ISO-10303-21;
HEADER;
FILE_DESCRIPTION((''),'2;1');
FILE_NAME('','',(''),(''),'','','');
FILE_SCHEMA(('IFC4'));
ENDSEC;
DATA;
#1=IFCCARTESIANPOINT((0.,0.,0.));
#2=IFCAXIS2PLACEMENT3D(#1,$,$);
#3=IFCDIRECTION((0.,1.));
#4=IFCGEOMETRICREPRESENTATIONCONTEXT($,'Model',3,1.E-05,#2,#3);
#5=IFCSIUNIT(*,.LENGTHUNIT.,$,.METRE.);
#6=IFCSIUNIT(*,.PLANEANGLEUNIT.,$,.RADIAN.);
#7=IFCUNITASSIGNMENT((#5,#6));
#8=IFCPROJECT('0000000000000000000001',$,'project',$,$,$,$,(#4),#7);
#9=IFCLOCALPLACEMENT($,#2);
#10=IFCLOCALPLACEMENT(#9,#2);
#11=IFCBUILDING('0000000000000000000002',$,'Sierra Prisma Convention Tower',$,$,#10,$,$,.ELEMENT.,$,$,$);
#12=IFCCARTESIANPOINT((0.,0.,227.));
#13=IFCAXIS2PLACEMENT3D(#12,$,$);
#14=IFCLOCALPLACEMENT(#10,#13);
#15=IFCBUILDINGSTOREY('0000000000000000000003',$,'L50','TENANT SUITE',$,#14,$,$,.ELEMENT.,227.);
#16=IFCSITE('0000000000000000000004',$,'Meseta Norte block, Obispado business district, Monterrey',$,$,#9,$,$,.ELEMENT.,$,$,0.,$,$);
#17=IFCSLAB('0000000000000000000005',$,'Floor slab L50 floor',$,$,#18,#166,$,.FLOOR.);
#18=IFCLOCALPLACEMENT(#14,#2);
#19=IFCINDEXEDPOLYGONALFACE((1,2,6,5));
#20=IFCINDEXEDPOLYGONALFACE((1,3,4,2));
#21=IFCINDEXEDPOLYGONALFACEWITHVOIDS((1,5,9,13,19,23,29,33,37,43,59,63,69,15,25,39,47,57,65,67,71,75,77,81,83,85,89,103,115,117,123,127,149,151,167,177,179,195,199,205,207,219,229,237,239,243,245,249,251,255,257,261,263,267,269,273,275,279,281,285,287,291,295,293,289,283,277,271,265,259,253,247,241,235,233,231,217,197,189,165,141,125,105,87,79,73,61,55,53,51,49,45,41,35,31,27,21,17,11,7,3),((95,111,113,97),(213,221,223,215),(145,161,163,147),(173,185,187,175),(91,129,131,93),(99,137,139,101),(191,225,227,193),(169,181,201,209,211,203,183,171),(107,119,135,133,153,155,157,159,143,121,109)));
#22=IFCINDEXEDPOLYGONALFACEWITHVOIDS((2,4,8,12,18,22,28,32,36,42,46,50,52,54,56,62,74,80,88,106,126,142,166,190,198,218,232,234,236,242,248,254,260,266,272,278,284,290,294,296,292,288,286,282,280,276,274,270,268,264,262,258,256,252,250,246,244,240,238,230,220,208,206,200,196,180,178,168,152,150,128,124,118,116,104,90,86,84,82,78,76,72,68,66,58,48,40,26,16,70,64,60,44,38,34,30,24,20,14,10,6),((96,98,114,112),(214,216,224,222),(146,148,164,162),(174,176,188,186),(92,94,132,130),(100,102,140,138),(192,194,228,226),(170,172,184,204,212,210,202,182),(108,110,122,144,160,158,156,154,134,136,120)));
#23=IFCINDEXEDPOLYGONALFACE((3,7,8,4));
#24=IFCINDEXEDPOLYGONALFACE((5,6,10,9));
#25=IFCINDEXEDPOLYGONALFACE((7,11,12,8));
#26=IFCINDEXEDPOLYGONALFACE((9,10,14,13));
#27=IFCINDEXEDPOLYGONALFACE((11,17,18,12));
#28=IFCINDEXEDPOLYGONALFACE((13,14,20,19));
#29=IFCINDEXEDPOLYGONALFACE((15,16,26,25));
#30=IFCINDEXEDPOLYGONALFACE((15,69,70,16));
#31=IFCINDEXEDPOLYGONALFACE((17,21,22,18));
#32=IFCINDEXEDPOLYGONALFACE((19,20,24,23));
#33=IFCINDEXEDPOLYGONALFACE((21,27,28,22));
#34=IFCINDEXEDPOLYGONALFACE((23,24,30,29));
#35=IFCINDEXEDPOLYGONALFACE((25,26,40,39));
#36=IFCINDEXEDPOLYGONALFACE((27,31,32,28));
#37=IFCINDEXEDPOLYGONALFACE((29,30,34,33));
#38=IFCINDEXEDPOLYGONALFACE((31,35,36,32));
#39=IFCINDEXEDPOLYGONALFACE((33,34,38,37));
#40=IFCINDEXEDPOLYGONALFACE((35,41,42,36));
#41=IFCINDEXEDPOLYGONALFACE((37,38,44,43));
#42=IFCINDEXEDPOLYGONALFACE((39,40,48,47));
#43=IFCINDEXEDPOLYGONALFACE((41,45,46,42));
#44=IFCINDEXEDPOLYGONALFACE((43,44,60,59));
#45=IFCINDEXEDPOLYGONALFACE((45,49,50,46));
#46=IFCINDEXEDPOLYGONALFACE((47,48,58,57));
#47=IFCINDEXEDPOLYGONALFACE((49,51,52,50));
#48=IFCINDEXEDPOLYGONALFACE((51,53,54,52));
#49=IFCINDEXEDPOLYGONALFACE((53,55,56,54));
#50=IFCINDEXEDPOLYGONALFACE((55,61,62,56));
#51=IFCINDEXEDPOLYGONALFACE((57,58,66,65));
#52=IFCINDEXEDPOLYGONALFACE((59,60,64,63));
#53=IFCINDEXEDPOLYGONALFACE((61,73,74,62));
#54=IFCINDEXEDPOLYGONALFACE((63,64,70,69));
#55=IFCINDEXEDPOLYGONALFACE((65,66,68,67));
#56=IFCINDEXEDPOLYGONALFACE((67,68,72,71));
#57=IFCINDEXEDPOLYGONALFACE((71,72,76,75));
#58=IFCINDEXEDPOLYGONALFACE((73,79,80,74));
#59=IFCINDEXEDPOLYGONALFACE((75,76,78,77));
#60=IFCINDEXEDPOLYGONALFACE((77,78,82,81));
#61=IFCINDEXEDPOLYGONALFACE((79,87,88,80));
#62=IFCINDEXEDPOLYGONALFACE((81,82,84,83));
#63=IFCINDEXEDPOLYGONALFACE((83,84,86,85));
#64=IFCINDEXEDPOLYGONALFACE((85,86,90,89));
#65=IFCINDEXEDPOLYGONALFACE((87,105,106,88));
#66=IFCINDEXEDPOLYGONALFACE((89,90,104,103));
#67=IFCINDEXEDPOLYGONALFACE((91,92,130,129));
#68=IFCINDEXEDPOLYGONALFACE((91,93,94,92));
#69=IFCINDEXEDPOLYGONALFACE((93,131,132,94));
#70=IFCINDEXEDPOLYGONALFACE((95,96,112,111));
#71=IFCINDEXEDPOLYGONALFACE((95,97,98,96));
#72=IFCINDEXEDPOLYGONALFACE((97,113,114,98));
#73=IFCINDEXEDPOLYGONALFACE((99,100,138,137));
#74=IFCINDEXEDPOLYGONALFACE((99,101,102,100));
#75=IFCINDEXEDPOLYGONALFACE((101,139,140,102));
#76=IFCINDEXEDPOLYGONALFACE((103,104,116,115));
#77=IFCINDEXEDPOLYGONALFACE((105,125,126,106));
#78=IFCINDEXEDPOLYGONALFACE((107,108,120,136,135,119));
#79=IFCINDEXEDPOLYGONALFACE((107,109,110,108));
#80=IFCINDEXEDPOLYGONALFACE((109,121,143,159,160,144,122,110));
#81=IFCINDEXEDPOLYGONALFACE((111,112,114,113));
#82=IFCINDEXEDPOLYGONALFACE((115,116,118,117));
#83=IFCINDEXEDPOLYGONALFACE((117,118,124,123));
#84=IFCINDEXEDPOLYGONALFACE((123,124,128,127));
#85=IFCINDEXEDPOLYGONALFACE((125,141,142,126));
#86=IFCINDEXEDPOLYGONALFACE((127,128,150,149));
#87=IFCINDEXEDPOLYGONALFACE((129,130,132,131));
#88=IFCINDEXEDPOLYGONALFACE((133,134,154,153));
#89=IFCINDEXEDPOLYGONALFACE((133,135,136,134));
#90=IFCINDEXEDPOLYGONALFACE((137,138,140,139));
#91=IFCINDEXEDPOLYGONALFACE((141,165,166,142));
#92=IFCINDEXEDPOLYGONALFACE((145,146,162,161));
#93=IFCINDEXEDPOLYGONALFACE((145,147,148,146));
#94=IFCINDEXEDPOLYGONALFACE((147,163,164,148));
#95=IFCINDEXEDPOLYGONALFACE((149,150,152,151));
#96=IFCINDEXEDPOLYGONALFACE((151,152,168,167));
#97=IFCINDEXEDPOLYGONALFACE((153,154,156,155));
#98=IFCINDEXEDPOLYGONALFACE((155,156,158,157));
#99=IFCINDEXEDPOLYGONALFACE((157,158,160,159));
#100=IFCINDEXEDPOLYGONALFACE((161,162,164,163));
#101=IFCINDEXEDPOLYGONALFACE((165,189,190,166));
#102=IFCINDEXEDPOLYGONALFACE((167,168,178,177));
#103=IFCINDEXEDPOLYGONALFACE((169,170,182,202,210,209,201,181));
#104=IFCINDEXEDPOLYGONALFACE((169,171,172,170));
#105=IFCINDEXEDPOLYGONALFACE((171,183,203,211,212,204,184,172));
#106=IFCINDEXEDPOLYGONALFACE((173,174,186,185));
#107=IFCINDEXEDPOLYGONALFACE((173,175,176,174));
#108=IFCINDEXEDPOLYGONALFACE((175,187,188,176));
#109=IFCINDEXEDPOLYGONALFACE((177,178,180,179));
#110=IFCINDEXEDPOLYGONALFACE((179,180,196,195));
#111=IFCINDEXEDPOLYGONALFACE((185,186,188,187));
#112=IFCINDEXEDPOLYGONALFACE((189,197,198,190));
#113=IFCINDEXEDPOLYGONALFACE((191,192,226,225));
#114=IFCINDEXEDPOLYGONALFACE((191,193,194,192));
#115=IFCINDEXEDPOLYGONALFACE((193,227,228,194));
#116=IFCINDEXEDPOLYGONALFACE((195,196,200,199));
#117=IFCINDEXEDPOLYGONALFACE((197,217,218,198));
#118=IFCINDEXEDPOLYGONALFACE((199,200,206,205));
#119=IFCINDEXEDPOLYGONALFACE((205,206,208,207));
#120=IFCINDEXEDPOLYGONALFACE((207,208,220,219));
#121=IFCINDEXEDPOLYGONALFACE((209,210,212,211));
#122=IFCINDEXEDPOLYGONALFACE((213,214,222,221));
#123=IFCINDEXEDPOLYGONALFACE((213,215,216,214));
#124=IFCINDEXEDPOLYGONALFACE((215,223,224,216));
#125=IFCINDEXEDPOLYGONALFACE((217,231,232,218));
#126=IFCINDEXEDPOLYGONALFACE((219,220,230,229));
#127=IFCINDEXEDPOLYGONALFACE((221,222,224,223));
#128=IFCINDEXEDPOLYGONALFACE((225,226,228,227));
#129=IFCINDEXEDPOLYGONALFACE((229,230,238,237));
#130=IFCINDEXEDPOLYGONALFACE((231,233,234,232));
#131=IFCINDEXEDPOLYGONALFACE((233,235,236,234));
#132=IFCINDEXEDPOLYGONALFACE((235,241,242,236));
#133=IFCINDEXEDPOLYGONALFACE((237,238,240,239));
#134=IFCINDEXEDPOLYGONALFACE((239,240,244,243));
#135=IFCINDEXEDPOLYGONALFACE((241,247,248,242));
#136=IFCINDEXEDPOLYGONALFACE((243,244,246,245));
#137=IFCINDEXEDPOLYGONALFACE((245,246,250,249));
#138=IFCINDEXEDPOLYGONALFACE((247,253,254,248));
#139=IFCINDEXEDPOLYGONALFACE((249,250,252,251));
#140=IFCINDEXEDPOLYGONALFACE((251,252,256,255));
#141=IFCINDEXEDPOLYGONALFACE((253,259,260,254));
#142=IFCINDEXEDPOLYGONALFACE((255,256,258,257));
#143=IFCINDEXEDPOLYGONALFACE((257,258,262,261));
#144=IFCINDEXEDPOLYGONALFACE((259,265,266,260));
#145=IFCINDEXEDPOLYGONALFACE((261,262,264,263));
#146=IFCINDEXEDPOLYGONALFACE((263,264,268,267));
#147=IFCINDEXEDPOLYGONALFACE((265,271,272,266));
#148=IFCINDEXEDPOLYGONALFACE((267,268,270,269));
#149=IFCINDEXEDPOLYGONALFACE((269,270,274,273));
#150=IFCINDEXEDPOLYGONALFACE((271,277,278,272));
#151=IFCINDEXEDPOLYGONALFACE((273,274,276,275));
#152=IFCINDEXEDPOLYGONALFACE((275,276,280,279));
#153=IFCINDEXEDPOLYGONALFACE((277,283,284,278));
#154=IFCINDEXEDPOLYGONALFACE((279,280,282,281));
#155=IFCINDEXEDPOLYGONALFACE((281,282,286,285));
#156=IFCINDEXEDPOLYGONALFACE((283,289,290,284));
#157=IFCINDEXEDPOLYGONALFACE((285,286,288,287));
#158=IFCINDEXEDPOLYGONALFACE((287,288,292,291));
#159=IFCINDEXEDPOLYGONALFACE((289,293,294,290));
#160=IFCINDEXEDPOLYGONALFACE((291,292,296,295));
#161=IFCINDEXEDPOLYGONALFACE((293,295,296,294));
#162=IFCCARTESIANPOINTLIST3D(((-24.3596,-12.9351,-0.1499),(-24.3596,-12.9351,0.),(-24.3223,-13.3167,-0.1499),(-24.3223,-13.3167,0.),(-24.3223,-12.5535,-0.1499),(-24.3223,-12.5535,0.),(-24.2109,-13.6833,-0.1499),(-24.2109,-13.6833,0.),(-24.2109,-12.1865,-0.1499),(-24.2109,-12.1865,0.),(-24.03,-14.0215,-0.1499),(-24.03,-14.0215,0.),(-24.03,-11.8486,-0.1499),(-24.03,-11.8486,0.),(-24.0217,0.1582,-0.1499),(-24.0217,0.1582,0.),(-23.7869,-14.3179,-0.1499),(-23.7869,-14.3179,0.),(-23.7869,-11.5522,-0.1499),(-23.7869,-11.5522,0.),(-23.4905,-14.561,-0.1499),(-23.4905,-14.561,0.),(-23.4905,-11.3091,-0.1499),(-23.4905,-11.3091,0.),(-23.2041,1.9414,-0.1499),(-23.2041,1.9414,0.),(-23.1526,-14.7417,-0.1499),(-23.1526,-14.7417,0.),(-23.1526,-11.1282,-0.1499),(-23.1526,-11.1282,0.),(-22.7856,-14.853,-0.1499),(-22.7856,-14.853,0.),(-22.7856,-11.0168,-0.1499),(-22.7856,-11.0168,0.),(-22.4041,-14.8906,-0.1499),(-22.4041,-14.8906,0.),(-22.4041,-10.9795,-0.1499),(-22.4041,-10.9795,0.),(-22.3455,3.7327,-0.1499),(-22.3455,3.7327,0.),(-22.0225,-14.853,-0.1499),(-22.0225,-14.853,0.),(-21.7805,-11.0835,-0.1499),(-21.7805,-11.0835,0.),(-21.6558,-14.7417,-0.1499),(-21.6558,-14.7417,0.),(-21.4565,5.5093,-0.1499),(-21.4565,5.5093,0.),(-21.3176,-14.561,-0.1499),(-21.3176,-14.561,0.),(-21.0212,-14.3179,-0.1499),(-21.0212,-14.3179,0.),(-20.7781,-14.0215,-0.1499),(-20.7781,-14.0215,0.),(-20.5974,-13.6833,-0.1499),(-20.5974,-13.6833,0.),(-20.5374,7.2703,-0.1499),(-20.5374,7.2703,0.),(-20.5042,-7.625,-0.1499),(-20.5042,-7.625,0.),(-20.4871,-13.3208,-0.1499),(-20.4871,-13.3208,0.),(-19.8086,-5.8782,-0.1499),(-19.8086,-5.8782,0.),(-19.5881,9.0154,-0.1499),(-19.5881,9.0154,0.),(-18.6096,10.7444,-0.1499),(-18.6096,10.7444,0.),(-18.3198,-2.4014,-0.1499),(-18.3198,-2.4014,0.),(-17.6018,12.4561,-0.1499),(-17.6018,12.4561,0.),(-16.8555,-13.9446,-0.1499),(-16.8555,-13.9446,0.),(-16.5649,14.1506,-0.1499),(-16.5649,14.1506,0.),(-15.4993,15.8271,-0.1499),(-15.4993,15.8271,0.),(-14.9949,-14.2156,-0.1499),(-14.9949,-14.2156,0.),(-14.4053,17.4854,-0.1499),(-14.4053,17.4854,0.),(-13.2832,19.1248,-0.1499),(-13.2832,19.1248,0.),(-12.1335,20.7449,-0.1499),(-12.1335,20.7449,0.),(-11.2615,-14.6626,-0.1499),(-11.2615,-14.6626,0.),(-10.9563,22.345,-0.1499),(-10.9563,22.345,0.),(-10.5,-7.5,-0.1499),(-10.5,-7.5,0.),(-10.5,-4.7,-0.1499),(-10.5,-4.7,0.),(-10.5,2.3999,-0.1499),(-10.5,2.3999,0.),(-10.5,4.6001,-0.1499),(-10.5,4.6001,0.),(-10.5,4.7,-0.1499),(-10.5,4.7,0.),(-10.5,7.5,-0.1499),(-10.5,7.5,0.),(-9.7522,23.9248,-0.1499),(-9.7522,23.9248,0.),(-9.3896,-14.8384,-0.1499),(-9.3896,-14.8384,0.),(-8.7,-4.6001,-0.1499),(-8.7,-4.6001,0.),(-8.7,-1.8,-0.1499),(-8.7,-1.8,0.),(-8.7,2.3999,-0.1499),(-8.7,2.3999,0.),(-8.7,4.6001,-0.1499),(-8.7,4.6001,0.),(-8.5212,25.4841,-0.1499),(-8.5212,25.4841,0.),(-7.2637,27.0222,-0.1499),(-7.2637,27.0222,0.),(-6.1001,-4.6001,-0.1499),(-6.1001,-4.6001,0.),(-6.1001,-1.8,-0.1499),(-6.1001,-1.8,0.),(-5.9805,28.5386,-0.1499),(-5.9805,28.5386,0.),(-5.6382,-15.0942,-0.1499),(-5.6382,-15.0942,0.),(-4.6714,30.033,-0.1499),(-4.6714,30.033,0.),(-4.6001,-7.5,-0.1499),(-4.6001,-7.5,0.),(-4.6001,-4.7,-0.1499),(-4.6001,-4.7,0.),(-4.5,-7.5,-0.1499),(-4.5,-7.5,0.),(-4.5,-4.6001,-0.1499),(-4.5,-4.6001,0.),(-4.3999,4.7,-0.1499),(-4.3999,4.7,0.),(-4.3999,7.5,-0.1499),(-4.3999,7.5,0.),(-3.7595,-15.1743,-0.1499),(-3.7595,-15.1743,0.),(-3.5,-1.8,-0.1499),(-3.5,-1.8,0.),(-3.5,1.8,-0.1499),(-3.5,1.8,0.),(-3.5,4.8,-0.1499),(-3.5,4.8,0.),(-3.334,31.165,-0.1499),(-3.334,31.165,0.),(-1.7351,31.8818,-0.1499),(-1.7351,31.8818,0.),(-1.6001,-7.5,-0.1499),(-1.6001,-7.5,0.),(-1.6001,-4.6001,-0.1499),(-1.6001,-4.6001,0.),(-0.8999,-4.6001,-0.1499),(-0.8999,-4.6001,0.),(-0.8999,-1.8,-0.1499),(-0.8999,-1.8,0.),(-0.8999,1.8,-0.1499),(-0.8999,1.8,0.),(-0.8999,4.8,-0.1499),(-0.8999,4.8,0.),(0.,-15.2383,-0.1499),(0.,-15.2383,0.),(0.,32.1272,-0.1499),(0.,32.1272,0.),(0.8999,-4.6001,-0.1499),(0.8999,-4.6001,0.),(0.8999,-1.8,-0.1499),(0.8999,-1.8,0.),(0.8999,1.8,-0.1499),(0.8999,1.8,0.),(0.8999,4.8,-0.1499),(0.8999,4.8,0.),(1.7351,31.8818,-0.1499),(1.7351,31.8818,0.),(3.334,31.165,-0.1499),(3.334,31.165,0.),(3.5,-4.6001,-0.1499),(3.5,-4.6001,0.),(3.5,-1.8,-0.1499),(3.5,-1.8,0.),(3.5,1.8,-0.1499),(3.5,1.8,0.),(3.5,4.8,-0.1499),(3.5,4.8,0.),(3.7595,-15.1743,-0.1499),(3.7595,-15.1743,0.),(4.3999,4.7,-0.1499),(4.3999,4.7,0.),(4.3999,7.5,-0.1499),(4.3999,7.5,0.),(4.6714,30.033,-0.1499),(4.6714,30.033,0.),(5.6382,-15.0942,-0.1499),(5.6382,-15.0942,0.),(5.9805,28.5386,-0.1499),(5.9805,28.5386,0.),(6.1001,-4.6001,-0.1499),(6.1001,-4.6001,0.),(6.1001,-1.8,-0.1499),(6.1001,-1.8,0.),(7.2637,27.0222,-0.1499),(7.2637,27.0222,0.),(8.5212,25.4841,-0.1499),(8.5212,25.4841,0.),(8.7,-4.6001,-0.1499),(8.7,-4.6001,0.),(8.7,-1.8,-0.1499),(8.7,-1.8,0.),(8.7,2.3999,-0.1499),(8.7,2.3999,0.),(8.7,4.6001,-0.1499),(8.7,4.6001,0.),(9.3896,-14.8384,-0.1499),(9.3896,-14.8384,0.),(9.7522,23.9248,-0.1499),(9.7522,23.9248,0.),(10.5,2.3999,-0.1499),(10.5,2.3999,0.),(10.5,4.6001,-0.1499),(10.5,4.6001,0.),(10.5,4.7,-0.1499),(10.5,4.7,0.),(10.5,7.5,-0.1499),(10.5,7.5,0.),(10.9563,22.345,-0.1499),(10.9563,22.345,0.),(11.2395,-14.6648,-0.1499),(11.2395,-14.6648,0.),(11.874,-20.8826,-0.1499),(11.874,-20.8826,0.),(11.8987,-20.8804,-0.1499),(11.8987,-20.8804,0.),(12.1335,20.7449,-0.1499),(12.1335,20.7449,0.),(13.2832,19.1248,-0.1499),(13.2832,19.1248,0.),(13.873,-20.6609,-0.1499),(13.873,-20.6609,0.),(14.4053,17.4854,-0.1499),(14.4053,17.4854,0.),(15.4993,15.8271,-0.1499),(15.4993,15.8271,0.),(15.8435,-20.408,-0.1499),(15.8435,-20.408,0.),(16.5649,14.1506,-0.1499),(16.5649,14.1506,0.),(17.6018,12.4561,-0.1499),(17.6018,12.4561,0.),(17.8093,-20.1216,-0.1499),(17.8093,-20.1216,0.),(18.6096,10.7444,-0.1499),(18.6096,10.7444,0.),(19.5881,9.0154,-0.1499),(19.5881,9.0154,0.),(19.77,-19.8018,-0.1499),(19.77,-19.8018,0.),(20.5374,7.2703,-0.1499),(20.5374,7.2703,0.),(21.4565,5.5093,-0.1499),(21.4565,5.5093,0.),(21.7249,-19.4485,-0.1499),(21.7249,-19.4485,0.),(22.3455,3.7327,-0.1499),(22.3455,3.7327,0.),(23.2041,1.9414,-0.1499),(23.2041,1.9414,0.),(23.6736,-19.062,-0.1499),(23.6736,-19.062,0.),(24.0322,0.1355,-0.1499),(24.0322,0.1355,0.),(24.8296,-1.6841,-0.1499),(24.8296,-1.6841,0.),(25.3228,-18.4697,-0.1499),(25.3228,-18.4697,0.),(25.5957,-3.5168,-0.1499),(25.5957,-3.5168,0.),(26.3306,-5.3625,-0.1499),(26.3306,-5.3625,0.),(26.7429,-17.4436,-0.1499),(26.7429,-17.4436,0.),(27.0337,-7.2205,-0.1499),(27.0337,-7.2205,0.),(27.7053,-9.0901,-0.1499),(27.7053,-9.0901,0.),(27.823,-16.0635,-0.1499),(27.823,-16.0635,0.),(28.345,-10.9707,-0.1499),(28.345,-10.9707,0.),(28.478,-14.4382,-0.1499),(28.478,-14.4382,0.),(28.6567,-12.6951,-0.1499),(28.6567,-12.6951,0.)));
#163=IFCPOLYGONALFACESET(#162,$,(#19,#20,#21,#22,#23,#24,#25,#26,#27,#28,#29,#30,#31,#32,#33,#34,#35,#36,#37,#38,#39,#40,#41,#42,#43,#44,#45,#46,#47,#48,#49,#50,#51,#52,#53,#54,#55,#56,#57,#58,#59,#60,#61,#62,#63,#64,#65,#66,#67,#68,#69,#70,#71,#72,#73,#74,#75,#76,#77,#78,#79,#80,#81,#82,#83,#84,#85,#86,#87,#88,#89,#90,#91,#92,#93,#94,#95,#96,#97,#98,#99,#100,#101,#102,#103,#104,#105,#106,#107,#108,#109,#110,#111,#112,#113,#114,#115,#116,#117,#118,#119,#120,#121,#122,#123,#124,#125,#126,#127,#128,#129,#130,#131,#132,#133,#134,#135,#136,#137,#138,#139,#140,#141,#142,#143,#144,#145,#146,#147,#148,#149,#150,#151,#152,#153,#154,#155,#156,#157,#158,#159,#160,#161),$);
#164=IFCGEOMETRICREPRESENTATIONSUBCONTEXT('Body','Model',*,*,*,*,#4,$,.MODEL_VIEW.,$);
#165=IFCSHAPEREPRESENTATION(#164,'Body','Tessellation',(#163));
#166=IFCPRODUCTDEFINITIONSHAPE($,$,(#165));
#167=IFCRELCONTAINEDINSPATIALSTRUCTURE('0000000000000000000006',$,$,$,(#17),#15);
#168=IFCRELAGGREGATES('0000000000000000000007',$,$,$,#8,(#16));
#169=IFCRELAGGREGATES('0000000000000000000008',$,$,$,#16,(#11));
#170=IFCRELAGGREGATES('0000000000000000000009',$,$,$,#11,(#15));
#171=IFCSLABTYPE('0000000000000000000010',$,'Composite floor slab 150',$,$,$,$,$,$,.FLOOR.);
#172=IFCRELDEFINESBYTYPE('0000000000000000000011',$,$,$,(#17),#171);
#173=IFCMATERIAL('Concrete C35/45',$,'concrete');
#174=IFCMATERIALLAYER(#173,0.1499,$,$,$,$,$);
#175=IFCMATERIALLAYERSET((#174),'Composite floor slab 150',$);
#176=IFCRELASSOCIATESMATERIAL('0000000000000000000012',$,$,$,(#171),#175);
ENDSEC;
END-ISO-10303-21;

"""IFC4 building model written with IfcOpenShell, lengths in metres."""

from ifc_helpers import new_model, si_unit, direction, frame, origin, place, context, subcontext, project, spatial, polyline, outline, extrude, material, layer, layer_set, type_object, element, save


model = new_model("IFC4")

# Units and contexts
model_context = context("Model", 3, precision=1e-05, world=origin(), true_north=direction((0.0, 1.0)))
body_context = subcontext(model_context, "Body", "Model", "MODEL_VIEW")
ifc_project = project(units=[si_unit("LENGTHUNIT", "METRE"), si_unit("PLANEANGLEUNIT", "RADIAN")], contexts=[model_context])

# Site, building, storey
site_placement = place(None, origin())
site = spatial("IfcSite", under=ifc_project, at=site_placement, Name="Meseta Norte block, Obispado business district, Monterrey", CompositionType="ELEMENT", RefElevation=0.0)
building_placement = place(site_placement, origin())
building = spatial("IfcBuilding", under=site, at=building_placement, Name="Sierra Prisma Convention Tower", CompositionType="ELEMENT")
storey_placement = place(building_placement, frame((0.0, 0.0, 227.0)))
storey = spatial("IfcBuildingStorey", under=building, at=storey_placement, Name="L50", Description="TENANT SUITE", CompositionType="ELEMENT", Elevation=227.0)

# Slab
ifc_material_1 = material(Name="Concrete C35/45", Category="concrete")
ifc_layer_1 = layer(ifc_material_1, 0.1499)
ifc_layer_set_1 = layer_set([ifc_layer_1], Name="Composite floor slab 150")
slab_type_1 = type_object("IfcSlabType", Name="Composite floor slab 150", PredefinedType="FLOOR", material=ifc_layer_set_1)
slab_1_placement = place(storey_placement, frame((0.0, 0.0, -0.1499)))
element("IfcSlab", 1, at=slab_1_placement, inside=storey, type_object=slab_type_1, Name="Floor slab L50 floor", PredefinedType="FLOOR", context=body_context, shape_type="SweptSolid", body=[
    extrude(outline(polyline([(-22.3455, 3.7327), (-23.2041, 1.9414), (-24.0217, 0.1582), (-18.3198, -2.4014), (-19.8086, -5.8782), (-20.5042, -7.625), (-21.7805, -11.0835), (-22.4041, -10.9795), (-22.7856, -11.0168), (-23.1526, -11.1282), (-23.4905, -11.3091), (-23.7869, -11.5522), (-24.03, -11.8486), (-24.2109, -12.1865), (-24.3223, -12.5535), (-24.3596, -12.9351), (-24.3223, -13.3167), (-24.2109, -13.6833), (-24.03, -14.0215), (-23.7869, -14.3179), (-23.4905, -14.561), (-23.1526, -14.7417), (-22.7856, -14.853), (-22.4041, -14.8906), (-22.0225, -14.853), (-21.6558, -14.7417), (-21.3176, -14.561), (-21.0212, -14.3179), (-20.7781, -14.0215), (-20.5974, -13.6833), (-20.4871, -13.3208), (-16.8555, -13.9446), (-14.9949, -14.2156), (-11.2615, -14.6626), (-9.3896, -14.8384), (-5.6382, -15.0942), (-3.7595, -15.1743), (0.0, -15.2383), (3.7595, -15.1743), (5.6382, -15.0942), (9.3896, -14.8384), (11.2395, -14.6648), (11.874, -20.8826), (11.8987, -20.8804), (13.873, -20.6609), (15.8435, -20.408), (17.8093, -20.1216), (19.77, -19.8018), (21.7249, -19.4485), (23.6736, -19.062), (25.3228, -18.4697), (26.7429, -17.4436), (27.823, -16.0635), (28.478, -14.4382), (28.6567, -12.6951), (28.345, -10.9707), (27.7053, -9.0901), (27.0337, -7.2205), (26.3306, -5.3625), (25.5957, -3.5168), (24.8296, -1.6841), (24.0322, 0.1355), (23.2041, 1.9414), (22.3455, 3.7327), (21.4565, 5.5093), (20.5374, 7.2703), (19.5881, 9.0154), (18.6096, 10.7444), (17.6018, 12.4561), (16.5649, 14.1506), (15.4993, 15.8271), (14.4053, 17.4854), (13.2832, 19.1248), (12.1335, 20.7449), (10.9563, 22.345), (9.7522, 23.9248), (8.5212, 25.4841), (7.2637, 27.0222), (5.9805, 28.5386), (4.6714, 30.033), (3.334, 31.165), (1.7351, 31.8818), (0.0, 32.1272), (-1.7351, 31.8818), (-3.334, 31.165), (-4.6714, 30.033), (-5.9805, 28.5386), (-7.2637, 27.0222), (-8.5212, 25.4841), (-9.7522, 23.9248), (-10.9563, 22.345), (-12.1335, 20.7449), (-13.2832, 19.1248), (-14.4053, 17.4854), (-15.4993, 15.8271), (-16.5649, 14.1506), (-17.6018, 12.4561), (-18.6096, 10.7444), (-19.5881, 9.0154), (-20.5374, 7.2703), (-21.4565, 5.5093), (-22.3455, 3.7327)]), holes=[polyline([(-10.5, -4.7), (-4.6001, -4.7), (-4.6001, -7.5), (-10.5, -7.5), (-10.5, -4.7)]), polyline([(-1.6001, -7.5), (-4.5, -7.5), (-4.5, -4.6001), (-6.1001, -4.6001), (-8.7, -4.6001), (-8.7, -1.8), (-6.1001, -1.8), (-3.5, -1.8), (-0.8999, -1.8), (-0.8999, -4.6001), (-1.6001, -4.6001), (-1.6001, -7.5)]), polyline([(-8.7, 4.6001), (-8.7, 2.3999), (-10.5, 2.3999), (-10.5, 4.6001), (-8.7, 4.6001)]), polyline([(-4.3999, 7.5), (-4.3999, 4.7), (-10.5, 4.7), (-10.5, 7.5), (-4.3999, 7.5)]), polyline([(0.8999, -1.8), (3.5, -1.8), (6.1001, -1.8), (8.7, -1.8), (8.7, -4.6001), (6.1001, -4.6001), (3.5, -4.6001), (0.8999, -4.6001), (0.8999, -1.8)]), polyline([(-0.8999, 4.8), (-0.8999, 1.8), (-3.5, 1.8), (-3.5, 4.8), (-0.8999, 4.8)]), polyline([(3.5, 4.8), (3.5, 1.8), (0.8999, 1.8), (0.8999, 4.8), (3.5, 4.8)]), polyline([(10.5, 4.6001), (10.5, 2.3999), (8.7, 2.3999), (8.7, 4.6001), (10.5, 4.6001)]), polyline([(10.5, 7.5), (10.5, 4.7), (4.3999, 4.7), (4.3999, 7.5), (10.5, 7.5)])]), origin(), (0.0, 0.0, 1.0), 0.1499),
])

save(model, "model.ifc")
